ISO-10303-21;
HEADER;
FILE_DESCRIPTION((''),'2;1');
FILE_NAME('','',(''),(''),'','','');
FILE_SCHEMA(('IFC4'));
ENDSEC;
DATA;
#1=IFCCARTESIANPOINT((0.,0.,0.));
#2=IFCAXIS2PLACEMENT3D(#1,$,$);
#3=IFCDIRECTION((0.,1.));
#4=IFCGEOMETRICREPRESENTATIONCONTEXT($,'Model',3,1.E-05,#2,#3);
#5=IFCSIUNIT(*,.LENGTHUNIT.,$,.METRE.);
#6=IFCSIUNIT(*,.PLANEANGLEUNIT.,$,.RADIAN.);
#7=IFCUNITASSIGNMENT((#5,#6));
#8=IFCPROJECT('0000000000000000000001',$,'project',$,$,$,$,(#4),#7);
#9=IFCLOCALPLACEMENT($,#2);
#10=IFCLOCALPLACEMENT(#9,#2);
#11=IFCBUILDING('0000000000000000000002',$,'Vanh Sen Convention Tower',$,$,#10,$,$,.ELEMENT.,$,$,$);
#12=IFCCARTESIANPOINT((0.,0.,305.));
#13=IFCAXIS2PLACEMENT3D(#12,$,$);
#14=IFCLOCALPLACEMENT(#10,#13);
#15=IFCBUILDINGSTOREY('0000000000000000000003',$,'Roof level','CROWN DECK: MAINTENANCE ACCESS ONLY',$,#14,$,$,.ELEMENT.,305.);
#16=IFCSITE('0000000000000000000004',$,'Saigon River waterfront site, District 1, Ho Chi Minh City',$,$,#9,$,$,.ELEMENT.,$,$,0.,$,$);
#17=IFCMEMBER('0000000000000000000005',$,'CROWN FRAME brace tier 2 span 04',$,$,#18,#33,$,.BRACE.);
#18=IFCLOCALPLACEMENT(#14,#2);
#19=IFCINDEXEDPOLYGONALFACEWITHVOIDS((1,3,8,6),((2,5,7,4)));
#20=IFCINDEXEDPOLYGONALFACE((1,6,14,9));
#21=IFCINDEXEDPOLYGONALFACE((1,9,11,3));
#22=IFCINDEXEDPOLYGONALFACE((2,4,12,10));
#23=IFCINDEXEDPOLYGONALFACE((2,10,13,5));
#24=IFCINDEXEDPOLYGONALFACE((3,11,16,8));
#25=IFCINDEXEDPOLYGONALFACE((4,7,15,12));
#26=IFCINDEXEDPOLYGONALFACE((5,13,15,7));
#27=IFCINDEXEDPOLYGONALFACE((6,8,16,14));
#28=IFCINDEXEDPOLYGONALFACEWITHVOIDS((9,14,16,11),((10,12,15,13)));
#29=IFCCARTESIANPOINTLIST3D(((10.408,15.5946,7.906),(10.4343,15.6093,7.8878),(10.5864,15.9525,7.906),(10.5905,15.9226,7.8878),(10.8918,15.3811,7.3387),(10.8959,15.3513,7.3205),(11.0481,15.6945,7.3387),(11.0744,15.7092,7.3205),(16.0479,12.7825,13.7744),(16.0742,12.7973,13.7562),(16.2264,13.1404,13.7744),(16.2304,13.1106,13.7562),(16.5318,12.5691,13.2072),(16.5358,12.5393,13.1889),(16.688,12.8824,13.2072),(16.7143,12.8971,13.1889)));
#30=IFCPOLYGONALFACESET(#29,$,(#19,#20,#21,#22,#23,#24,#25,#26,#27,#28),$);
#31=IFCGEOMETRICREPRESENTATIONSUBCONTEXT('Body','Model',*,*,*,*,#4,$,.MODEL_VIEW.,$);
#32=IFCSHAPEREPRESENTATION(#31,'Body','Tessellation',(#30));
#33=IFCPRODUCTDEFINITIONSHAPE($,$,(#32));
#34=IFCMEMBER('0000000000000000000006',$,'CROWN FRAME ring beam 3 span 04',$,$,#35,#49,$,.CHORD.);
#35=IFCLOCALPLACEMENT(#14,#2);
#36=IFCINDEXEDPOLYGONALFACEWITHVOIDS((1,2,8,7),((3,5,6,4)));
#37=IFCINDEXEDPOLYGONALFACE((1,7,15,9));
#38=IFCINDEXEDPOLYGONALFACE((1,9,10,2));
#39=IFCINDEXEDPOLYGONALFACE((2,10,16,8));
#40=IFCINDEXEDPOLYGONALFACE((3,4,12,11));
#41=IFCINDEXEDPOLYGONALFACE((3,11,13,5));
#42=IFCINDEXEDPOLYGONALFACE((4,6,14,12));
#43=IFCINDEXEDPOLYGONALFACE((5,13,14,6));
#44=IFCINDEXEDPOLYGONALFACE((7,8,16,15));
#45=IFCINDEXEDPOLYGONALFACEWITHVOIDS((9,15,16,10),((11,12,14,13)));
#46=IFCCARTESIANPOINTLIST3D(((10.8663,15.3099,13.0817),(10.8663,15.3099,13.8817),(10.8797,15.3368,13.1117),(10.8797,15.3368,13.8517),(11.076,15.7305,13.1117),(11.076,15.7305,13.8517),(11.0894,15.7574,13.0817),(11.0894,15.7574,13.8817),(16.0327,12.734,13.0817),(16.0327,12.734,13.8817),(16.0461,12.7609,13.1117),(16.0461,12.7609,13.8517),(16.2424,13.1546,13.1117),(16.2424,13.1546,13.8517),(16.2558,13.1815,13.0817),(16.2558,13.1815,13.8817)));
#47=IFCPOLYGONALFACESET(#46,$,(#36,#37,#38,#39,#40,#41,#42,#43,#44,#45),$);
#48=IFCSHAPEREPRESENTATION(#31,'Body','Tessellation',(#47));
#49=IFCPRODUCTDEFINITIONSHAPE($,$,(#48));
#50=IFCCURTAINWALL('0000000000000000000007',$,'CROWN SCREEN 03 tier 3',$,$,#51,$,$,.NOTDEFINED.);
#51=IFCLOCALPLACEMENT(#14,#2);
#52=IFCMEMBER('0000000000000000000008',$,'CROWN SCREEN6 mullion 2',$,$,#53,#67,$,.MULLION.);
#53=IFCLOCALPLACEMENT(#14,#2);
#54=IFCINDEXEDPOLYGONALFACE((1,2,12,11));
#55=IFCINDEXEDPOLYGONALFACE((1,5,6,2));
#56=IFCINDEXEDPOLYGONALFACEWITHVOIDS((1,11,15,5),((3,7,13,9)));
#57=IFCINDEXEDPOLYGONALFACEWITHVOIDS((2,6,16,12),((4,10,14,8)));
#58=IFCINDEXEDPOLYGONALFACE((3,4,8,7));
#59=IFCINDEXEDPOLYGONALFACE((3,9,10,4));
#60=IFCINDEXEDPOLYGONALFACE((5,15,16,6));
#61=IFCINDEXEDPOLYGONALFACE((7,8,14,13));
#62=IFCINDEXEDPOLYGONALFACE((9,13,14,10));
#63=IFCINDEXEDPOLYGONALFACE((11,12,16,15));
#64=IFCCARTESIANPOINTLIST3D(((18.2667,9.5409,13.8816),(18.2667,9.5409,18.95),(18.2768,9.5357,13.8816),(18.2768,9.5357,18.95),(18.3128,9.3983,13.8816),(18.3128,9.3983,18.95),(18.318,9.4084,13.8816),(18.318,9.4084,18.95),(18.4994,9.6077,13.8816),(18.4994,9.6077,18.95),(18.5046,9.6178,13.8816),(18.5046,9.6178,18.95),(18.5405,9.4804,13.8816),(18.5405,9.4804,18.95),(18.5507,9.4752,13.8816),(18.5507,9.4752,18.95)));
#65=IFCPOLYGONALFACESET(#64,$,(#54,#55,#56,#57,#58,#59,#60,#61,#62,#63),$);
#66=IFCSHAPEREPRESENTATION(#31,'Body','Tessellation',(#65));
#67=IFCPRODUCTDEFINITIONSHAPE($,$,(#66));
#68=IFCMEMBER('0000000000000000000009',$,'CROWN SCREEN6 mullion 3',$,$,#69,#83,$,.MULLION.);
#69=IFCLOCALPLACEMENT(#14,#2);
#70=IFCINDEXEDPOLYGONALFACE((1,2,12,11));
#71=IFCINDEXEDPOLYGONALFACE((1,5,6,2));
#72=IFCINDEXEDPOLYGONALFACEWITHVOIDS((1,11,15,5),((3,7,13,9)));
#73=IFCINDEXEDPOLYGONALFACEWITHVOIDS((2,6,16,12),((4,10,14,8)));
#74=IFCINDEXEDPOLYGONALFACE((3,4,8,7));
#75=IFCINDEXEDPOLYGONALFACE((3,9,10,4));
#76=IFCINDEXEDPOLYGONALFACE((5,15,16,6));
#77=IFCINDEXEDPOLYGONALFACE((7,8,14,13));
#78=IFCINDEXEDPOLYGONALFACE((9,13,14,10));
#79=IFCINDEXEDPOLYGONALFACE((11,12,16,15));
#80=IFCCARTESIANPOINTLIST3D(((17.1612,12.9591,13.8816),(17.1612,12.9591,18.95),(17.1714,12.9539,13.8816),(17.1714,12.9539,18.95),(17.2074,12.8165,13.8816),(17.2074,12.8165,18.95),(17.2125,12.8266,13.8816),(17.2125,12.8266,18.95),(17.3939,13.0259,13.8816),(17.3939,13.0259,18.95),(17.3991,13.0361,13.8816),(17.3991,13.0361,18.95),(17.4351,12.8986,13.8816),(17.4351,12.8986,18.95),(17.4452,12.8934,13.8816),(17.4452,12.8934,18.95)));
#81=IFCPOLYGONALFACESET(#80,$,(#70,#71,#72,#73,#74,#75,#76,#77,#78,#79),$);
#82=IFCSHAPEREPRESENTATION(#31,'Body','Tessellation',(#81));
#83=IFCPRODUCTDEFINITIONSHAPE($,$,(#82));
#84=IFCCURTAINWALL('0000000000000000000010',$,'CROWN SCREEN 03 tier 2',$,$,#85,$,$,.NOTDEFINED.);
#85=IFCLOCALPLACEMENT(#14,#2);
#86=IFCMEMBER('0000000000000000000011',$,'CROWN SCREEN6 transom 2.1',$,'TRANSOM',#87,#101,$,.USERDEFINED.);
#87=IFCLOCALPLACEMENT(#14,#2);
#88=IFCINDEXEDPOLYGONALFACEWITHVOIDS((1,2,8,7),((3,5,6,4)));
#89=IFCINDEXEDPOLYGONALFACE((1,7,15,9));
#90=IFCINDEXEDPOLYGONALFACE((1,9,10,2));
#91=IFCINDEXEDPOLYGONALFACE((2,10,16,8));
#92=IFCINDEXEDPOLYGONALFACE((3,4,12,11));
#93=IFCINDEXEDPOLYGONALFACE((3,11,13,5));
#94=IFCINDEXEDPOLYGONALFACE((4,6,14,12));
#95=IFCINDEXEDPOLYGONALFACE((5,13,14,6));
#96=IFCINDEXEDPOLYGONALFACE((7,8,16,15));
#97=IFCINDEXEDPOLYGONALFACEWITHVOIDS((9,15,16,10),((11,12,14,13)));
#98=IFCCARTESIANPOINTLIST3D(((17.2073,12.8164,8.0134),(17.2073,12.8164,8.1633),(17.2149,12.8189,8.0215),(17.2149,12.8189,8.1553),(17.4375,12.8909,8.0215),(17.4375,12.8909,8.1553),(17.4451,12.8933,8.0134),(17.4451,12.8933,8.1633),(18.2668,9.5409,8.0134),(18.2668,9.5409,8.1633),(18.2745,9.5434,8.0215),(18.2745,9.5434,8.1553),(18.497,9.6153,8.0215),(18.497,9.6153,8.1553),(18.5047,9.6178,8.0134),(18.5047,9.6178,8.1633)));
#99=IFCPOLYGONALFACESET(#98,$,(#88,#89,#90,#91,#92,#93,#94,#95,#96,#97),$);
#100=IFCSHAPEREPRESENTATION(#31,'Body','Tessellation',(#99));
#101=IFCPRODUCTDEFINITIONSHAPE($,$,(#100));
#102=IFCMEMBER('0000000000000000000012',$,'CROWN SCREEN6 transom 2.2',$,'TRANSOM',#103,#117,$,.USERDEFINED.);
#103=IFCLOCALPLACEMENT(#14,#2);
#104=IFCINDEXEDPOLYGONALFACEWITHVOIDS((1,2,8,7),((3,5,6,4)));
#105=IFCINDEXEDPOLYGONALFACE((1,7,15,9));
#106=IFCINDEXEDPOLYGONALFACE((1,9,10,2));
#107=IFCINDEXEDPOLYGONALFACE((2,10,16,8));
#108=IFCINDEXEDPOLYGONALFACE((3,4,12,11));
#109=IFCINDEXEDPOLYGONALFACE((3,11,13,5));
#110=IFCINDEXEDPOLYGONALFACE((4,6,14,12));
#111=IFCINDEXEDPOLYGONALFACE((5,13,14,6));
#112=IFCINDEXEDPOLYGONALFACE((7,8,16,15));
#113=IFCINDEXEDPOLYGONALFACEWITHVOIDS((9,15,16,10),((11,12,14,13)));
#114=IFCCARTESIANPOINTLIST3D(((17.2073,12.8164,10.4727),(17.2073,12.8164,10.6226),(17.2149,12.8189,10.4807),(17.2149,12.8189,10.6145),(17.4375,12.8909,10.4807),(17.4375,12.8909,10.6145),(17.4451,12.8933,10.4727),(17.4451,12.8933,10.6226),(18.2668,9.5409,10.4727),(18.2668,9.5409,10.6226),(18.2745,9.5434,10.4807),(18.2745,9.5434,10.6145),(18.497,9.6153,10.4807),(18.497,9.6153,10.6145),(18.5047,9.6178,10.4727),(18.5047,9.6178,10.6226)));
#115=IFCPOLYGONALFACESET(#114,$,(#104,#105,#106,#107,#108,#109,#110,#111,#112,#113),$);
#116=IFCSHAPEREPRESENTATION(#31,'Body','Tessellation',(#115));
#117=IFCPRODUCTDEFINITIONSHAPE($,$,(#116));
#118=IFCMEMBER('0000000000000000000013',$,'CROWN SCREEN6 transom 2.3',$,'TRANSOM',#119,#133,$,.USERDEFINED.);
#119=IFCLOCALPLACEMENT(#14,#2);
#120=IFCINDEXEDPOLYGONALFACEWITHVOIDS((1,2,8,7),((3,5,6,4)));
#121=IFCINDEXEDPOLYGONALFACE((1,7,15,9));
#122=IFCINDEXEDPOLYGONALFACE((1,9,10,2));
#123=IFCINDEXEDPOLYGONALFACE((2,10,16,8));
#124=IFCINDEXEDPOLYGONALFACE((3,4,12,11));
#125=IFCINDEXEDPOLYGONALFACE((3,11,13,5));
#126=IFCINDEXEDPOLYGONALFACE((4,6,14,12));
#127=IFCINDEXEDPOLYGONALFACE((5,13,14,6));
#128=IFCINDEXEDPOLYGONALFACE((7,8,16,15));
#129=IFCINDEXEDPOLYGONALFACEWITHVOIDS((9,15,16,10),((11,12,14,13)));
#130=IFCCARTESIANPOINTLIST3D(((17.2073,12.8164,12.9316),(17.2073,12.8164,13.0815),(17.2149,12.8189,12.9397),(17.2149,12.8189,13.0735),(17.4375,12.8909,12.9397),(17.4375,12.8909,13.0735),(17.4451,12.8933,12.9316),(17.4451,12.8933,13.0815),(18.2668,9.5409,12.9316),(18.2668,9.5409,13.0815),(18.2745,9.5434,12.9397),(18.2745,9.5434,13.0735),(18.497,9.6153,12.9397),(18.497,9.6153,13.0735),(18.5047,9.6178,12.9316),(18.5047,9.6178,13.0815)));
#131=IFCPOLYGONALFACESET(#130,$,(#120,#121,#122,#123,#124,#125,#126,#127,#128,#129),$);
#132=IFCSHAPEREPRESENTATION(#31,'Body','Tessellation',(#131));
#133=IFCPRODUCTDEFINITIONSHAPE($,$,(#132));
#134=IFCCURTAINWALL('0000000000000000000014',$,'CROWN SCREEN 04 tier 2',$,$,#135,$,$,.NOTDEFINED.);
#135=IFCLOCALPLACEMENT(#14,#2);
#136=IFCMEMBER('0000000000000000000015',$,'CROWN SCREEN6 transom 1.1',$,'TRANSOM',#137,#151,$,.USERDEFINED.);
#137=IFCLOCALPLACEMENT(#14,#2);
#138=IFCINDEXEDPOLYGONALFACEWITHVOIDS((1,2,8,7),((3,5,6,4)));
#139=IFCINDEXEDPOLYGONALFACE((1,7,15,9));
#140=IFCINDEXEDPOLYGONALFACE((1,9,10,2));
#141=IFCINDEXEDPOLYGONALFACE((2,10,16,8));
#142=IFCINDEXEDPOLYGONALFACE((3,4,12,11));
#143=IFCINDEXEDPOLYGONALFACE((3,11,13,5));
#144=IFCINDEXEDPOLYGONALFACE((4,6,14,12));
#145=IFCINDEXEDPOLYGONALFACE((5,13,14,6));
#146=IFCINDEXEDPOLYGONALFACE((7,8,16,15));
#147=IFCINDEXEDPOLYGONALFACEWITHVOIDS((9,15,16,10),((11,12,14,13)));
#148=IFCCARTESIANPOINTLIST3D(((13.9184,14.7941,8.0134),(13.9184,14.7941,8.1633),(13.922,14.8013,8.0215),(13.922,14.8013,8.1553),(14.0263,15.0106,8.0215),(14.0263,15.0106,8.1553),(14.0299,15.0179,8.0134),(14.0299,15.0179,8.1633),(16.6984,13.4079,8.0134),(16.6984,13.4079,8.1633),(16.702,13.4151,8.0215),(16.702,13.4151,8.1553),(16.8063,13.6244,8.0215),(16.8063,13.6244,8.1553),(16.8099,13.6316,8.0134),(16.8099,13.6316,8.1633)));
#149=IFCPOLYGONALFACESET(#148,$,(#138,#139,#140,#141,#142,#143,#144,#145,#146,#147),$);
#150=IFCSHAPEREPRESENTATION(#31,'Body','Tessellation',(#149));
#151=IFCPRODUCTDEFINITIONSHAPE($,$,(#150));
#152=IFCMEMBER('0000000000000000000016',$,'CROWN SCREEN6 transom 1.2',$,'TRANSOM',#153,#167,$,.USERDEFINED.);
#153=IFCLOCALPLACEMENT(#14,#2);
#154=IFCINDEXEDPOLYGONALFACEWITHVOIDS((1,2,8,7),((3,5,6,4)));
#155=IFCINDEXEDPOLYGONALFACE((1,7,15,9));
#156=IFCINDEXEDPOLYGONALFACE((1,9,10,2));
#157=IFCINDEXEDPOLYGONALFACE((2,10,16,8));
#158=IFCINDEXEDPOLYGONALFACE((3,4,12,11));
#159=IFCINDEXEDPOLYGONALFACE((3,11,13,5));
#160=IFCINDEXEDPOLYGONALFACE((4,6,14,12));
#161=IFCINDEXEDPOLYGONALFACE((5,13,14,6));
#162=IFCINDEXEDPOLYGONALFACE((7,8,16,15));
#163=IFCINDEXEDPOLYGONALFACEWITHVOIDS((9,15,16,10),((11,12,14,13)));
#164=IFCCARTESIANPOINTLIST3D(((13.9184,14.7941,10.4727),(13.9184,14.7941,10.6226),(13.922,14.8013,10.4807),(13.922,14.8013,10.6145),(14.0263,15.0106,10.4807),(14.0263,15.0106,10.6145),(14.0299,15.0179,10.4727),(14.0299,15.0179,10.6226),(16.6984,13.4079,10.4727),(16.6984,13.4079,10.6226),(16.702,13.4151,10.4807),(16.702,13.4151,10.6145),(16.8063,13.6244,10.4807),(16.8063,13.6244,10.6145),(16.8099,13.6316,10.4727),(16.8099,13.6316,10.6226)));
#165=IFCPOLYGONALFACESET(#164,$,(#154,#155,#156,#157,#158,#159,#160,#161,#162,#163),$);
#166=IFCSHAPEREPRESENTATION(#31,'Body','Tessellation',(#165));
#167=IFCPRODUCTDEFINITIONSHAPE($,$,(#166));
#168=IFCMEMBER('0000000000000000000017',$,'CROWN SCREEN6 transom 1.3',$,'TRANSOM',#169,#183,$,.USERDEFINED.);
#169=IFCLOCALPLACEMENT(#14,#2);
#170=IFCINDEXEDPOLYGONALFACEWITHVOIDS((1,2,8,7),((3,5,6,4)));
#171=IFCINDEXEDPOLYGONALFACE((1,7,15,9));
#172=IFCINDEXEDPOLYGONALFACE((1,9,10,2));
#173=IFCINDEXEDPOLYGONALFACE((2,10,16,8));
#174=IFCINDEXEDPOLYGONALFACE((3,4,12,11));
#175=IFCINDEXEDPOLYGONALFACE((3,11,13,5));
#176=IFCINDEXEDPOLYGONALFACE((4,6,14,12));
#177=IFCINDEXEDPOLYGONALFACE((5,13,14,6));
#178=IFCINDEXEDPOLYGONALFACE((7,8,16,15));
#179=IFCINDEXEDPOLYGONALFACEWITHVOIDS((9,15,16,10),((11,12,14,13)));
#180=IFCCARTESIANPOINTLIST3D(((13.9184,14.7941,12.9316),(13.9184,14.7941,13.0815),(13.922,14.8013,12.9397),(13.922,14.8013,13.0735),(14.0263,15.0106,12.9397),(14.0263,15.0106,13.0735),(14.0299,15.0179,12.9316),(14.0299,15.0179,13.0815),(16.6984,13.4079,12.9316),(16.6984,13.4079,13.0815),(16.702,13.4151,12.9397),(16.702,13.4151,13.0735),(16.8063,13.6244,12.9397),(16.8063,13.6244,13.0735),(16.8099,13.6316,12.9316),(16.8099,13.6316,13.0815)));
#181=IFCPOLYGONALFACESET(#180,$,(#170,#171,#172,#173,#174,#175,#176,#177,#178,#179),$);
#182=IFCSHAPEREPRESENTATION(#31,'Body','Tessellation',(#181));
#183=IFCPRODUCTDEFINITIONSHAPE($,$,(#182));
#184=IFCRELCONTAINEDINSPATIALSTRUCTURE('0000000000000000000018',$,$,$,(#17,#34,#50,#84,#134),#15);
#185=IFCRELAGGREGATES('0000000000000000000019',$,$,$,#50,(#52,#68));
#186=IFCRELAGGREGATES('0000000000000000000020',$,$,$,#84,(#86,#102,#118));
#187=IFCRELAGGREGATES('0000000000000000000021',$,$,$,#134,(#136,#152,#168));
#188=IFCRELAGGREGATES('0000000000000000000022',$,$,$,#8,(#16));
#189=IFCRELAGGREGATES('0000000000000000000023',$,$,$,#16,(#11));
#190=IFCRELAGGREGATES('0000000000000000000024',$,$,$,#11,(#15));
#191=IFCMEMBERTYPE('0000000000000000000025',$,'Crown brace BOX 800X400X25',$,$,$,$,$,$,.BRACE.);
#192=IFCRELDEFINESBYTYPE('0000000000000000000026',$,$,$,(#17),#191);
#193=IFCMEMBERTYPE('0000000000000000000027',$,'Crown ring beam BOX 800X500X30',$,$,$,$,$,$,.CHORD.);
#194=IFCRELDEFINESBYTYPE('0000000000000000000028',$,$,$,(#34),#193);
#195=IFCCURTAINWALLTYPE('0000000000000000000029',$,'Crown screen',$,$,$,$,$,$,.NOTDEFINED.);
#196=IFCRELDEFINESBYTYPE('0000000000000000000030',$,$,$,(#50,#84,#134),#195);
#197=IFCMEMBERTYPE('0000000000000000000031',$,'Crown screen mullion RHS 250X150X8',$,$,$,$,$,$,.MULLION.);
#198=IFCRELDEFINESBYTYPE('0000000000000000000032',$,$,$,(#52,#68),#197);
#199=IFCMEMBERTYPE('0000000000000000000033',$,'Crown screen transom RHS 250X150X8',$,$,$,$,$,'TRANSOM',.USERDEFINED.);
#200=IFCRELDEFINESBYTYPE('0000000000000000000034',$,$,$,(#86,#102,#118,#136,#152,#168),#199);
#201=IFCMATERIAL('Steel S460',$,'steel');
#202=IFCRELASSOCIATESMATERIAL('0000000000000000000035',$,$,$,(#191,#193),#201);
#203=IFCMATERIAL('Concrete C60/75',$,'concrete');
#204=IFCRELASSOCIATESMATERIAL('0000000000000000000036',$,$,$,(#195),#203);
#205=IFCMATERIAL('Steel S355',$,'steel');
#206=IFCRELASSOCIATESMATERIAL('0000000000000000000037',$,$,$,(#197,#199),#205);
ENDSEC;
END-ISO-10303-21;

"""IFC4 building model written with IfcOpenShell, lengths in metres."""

from ifc_helpers import new_model, si_unit, direction, frame, origin, origin_2d, place, context, subcontext, project, spatial, hollow_rectangle, extrude, material, material_profile, profile_set, type_object, element, aggregate, save


model = new_model("IFC4")

# Units and contexts
model_context = context("Model", 3, precision=1e-05, world=origin(), true_north=direction((0.0, 1.0)))
body_context = subcontext(model_context, "Body", "Model", "MODEL_VIEW")
ifc_project = project(units=[si_unit("LENGTHUNIT", "METRE"), si_unit("PLANEANGLEUNIT", "RADIAN")], contexts=[model_context])

# Site, building, storey
site_placement = place(None, origin())
site = spatial("IfcSite", under=ifc_project, at=site_placement, Name="Saigon River waterfront site, District 1, Ho Chi Minh City", CompositionType="ELEMENT", RefElevation=0.0)
building_placement = place(site_placement, origin())
building = spatial("IfcBuilding", under=site, at=building_placement, Name="Vanh Sen Convention Tower", CompositionType="ELEMENT")
storey_placement = place(building_placement, frame((0.0, 0.0, 305.0)))
storey = spatial("IfcBuildingStorey", under=building, at=storey_placement, Name="Roof level", Description="CROWN DECK: MAINTENANCE ACCESS ONLY", CompositionType="ELEMENT", Elevation=305.0)

# Members
ifc_material_1 = material(Name="Steel S460", Category="steel")
ifc_material_profile_1 = material_profile(ifc_material_1, hollow_rectangle(XDim=0.3999, YDim=0.8, WallThickness=0.0249, at=origin_2d()), Name="BOX 800X400X25")
ifc_profile_set_1 = profile_set([ifc_material_profile_1], Name="Steel S460")
member_type_1 = type_object("IfcMemberType", Name="Crown brace BOX 800X400X25", PredefinedType="BRACE", material=ifc_profile_set_1)
member_1_placement = place(storey_placement, frame((16.3811, 12.8398, 13.4817), z_axis=(-0.654943, 0.32655, -0.68148), x_axis=(-0.446206, -0.89493, 0.0)))
element("IfcMember", 1, at=member_1_placement, inside=storey, type_object=member_type_1, Name="CROWN FRAME brace tier 2 span 04", PredefinedType="BRACE", context=body_context, shape_type="SweptSolid", body=[
    extrude(hollow_rectangle(XDim=0.3999, YDim=0.8, WallThickness=0.0249, at=origin_2d()), origin(), (0.0, 0.0, 1.0), 8.6113),
])
ifc_material_profile_2 = material_profile(ifc_material_1, hollow_rectangle(XDim=0.5, YDim=0.8, WallThickness=0.03, at=origin_2d()), Name="BOX 800X500X30")
ifc_profile_set_2 = profile_set([ifc_material_profile_2], Name="Steel S460")
member_type_2 = type_object("IfcMemberType", Name="Crown ring beam BOX 800X500X30", PredefinedType="CHORD", material=ifc_profile_set_2)
member_2_placement = place(storey_placement, frame((16.1443, 12.9578, 13.4817), z_axis=(-0.894934, 0.446198, 0.0), x_axis=(-0.446198, -0.894934, 0.0)))
element("IfcMember", 2, at=member_2_placement, inside=storey, type_object=member_type_2, Name="CROWN FRAME ring beam 3 span 04", PredefinedType="CHORD", context=body_context, shape_type="SweptSolid", body=[
    extrude(hollow_rectangle(XDim=0.5, YDim=0.8, WallThickness=0.03, at=origin_2d()), origin(), (0.0, 0.0, 1.0), 5.7729),
])

# Curtain walls, members
ifc_material_2 = material(Name="Concrete C60/75", Category="concrete")
curtain_wall_type = type_object("IfcCurtainWallType", Name="Crown screen", PredefinedType="NOTDEFINED", material=ifc_material_2)
curtain_wall_1_placement = place(storey_placement, origin())
curtain_wall_1 = element("IfcCurtainWall", 3, at=curtain_wall_1_placement, inside=storey, type_object=curtain_wall_type, Name="CROWN SCREEN 03 tier 3", PredefinedType="NOTDEFINED")
ifc_material_3 = material(Name="Steel S355", Category="steel")
ifc_material_profile_3 = material_profile(ifc_material_3, hollow_rectangle(XDim=0.25, YDim=0.1499, WallThickness=0.0081, at=origin_2d()), Name="RHS 250X150X8")
ifc_profile_set_3 = profile_set([ifc_material_profile_3], Name="Steel S355")
member_type_3 = type_object("IfcMemberType", Name="Crown screen mullion RHS 250X150X8", PredefinedType="MULLION", material=ifc_profile_set_3)
member_3_placement = place(storey_placement, frame((18.4087, 9.5081, 13.8816), z_axis=(0.0, 0.0, 1.0), x_axis=(-0.951473, -0.307733, 0.0)))
member_3 = element("IfcMember", 4, at=member_3_placement, type_object=member_type_3, Name="CROWN SCREEN6 mullion 2", PredefinedType="MULLION", context=body_context, shape_type="SweptSolid", body=[
    extrude(hollow_rectangle(XDim=0.25, YDim=0.1499, WallThickness=0.0081, at=origin_2d()), origin(), (0.0, 0.0, 1.0), 5.0684),
])
member_4_placement = place(storey_placement, frame((17.3032, 12.9263, 13.8816), z_axis=(0.0, 0.0, 1.0), x_axis=(-0.951473, -0.307733, 0.0)))
member_4 = element("IfcMember", 5, at=member_4_placement, type_object=member_type_3, Name="CROWN SCREEN6 mullion 3", PredefinedType="MULLION", context=body_context, shape_type="SweptSolid", body=[
    extrude(hollow_rectangle(XDim=0.25, YDim=0.1499, WallThickness=0.0081, at=origin_2d()), origin(), (0.0, 0.0, 1.0), 5.0684),
])
aggregate(curtain_wall_1, [member_3, member_4])
curtain_wall_2_placement = place(storey_placement, origin())
curtain_wall_2 = element("IfcCurtainWall", 6, at=curtain_wall_2_placement, inside=storey, type_object=curtain_wall_type, Name="CROWN SCREEN 03 tier 2", PredefinedType="NOTDEFINED")
ifc_material_profile_4 = material_profile(ifc_material_3, hollow_rectangle(XDim=0.25, YDim=0.1499, WallThickness=0.0081, at=origin_2d()), Name="RHS 250X150X8")
ifc_profile_set_4 = profile_set([ifc_material_profile_4], Name="Steel S355")
member_type_4 = type_object("IfcMemberType", Name="Crown screen transom RHS 250X150X8", ElementType="TRANSOM", PredefinedType="USERDEFINED", material=ifc_profile_set_4)
member_5_placement = place(storey_placement, frame((18.3857, 9.5793, 8.0884), z_axis=(-0.307769, 0.951461, 0.0), x_axis=(-0.951461, -0.307769, 0.0)))
member_5 = element("IfcMember", 7, at=member_5_placement, type_object=member_type_4, Name="CROWN SCREEN6 transom 2.1", ObjectType="TRANSOM", PredefinedType="USERDEFINED", context=body_context, shape_type="SweptSolid", body=[
    extrude(hollow_rectangle(XDim=0.25, YDim=0.1499, WallThickness=0.0081, at=origin_2d()), origin(), (0.0, 0.0, 1.0), 3.4426),
])
member_6_placement = place(storey_placement, frame((18.3857, 9.5793, 10.5476), z_axis=(-0.307769, 0.951461, 0.0), x_axis=(-0.951461, -0.307769, 0.0)))
member_6 = element("IfcMember", 8, at=member_6_placement, type_object=member_type_4, Name="CROWN SCREEN6 transom 2.2", ObjectType="TRANSOM", PredefinedType="USERDEFINED", context=body_context, shape_type="SweptSolid", body=[
    extrude(hollow_rectangle(XDim=0.25, YDim=0.1499, WallThickness=0.0081, at=origin_2d()), origin(), (0.0, 0.0, 1.0), 3.4426),
])
member_7_placement = place(storey_placement, frame((18.3857, 9.5793, 13.0066), z_axis=(-0.307769, 0.951461, 0.0), x_axis=(-0.951461, -0.307769, 0.0)))
member_7 = element("IfcMember", 9, at=member_7_placement, type_object=member_type_4, Name="CROWN SCREEN6 transom 2.3", ObjectType="TRANSOM", PredefinedType="USERDEFINED", context=body_context, shape_type="SweptSolid", body=[
    extrude(hollow_rectangle(XDim=0.25, YDim=0.1499, WallThickness=0.0081, at=origin_2d()), origin(), (0.0, 0.0, 1.0), 3.4426),
])
curtain_wall_3_placement = place(storey_placement, origin())
curtain_wall_3 = element("IfcCurtainWall", 10, at=curtain_wall_3_placement, inside=storey, type_object=curtain_wall_type, Name="CROWN SCREEN 04 tier 2", PredefinedType="NOTDEFINED")
member_8_placement = place(storey_placement, frame((16.7542, 13.5198, 8.0884), z_axis=(-0.894914, 0.446239, 0.0), x_axis=(-0.446239, -0.894914, 0.0)))
member_8 = element("IfcMember", 11, at=member_8_placement, type_object=member_type_4, Name="CROWN SCREEN6 transom 1.1", ObjectType="TRANSOM", PredefinedType="USERDEFINED", context=body_context, shape_type="SweptSolid", body=[
    extrude(hollow_rectangle(XDim=0.25, YDim=0.1499, WallThickness=0.0081, at=origin_2d()), origin(), (0.0, 0.0, 1.0), 3.1064),
])
member_9_placement = place(storey_placement, frame((16.7542, 13.5198, 10.5476), z_axis=(-0.894914, 0.446239, 0.0), x_axis=(-0.446239, -0.894914, 0.0)))
member_9 = element("IfcMember", 12, at=member_9_placement, type_object=member_type_4, Name="CROWN SCREEN6 transom 1.2", ObjectType="TRANSOM", PredefinedType="USERDEFINED", context=body_context, shape_type="SweptSolid", body=[
    extrude(hollow_rectangle(XDim=0.25, YDim=0.1499, WallThickness=0.0081, at=origin_2d()), origin(), (0.0, 0.0, 1.0), 3.1064),
])
member_10_placement = place(storey_placement, frame((16.7542, 13.5198, 13.0066), z_axis=(-0.894914, 0.446239, 0.0), x_axis=(-0.446239, -0.894914, 0.0)))
member_10 = element("IfcMember", 13, at=member_10_placement, type_object=member_type_4, Name="CROWN SCREEN6 transom 1.3", ObjectType="TRANSOM", PredefinedType="USERDEFINED", context=body_context, shape_type="SweptSolid", body=[
    extrude(hollow_rectangle(XDim=0.25, YDim=0.1499, WallThickness=0.0081, at=origin_2d()), origin(), (0.0, 0.0, 1.0), 3.1064),
])

aggregate(curtain_wall_2, [member_5, member_6, member_7])
aggregate(curtain_wall_3, [member_8, member_9, member_10])

save(model, "model.ifc")
